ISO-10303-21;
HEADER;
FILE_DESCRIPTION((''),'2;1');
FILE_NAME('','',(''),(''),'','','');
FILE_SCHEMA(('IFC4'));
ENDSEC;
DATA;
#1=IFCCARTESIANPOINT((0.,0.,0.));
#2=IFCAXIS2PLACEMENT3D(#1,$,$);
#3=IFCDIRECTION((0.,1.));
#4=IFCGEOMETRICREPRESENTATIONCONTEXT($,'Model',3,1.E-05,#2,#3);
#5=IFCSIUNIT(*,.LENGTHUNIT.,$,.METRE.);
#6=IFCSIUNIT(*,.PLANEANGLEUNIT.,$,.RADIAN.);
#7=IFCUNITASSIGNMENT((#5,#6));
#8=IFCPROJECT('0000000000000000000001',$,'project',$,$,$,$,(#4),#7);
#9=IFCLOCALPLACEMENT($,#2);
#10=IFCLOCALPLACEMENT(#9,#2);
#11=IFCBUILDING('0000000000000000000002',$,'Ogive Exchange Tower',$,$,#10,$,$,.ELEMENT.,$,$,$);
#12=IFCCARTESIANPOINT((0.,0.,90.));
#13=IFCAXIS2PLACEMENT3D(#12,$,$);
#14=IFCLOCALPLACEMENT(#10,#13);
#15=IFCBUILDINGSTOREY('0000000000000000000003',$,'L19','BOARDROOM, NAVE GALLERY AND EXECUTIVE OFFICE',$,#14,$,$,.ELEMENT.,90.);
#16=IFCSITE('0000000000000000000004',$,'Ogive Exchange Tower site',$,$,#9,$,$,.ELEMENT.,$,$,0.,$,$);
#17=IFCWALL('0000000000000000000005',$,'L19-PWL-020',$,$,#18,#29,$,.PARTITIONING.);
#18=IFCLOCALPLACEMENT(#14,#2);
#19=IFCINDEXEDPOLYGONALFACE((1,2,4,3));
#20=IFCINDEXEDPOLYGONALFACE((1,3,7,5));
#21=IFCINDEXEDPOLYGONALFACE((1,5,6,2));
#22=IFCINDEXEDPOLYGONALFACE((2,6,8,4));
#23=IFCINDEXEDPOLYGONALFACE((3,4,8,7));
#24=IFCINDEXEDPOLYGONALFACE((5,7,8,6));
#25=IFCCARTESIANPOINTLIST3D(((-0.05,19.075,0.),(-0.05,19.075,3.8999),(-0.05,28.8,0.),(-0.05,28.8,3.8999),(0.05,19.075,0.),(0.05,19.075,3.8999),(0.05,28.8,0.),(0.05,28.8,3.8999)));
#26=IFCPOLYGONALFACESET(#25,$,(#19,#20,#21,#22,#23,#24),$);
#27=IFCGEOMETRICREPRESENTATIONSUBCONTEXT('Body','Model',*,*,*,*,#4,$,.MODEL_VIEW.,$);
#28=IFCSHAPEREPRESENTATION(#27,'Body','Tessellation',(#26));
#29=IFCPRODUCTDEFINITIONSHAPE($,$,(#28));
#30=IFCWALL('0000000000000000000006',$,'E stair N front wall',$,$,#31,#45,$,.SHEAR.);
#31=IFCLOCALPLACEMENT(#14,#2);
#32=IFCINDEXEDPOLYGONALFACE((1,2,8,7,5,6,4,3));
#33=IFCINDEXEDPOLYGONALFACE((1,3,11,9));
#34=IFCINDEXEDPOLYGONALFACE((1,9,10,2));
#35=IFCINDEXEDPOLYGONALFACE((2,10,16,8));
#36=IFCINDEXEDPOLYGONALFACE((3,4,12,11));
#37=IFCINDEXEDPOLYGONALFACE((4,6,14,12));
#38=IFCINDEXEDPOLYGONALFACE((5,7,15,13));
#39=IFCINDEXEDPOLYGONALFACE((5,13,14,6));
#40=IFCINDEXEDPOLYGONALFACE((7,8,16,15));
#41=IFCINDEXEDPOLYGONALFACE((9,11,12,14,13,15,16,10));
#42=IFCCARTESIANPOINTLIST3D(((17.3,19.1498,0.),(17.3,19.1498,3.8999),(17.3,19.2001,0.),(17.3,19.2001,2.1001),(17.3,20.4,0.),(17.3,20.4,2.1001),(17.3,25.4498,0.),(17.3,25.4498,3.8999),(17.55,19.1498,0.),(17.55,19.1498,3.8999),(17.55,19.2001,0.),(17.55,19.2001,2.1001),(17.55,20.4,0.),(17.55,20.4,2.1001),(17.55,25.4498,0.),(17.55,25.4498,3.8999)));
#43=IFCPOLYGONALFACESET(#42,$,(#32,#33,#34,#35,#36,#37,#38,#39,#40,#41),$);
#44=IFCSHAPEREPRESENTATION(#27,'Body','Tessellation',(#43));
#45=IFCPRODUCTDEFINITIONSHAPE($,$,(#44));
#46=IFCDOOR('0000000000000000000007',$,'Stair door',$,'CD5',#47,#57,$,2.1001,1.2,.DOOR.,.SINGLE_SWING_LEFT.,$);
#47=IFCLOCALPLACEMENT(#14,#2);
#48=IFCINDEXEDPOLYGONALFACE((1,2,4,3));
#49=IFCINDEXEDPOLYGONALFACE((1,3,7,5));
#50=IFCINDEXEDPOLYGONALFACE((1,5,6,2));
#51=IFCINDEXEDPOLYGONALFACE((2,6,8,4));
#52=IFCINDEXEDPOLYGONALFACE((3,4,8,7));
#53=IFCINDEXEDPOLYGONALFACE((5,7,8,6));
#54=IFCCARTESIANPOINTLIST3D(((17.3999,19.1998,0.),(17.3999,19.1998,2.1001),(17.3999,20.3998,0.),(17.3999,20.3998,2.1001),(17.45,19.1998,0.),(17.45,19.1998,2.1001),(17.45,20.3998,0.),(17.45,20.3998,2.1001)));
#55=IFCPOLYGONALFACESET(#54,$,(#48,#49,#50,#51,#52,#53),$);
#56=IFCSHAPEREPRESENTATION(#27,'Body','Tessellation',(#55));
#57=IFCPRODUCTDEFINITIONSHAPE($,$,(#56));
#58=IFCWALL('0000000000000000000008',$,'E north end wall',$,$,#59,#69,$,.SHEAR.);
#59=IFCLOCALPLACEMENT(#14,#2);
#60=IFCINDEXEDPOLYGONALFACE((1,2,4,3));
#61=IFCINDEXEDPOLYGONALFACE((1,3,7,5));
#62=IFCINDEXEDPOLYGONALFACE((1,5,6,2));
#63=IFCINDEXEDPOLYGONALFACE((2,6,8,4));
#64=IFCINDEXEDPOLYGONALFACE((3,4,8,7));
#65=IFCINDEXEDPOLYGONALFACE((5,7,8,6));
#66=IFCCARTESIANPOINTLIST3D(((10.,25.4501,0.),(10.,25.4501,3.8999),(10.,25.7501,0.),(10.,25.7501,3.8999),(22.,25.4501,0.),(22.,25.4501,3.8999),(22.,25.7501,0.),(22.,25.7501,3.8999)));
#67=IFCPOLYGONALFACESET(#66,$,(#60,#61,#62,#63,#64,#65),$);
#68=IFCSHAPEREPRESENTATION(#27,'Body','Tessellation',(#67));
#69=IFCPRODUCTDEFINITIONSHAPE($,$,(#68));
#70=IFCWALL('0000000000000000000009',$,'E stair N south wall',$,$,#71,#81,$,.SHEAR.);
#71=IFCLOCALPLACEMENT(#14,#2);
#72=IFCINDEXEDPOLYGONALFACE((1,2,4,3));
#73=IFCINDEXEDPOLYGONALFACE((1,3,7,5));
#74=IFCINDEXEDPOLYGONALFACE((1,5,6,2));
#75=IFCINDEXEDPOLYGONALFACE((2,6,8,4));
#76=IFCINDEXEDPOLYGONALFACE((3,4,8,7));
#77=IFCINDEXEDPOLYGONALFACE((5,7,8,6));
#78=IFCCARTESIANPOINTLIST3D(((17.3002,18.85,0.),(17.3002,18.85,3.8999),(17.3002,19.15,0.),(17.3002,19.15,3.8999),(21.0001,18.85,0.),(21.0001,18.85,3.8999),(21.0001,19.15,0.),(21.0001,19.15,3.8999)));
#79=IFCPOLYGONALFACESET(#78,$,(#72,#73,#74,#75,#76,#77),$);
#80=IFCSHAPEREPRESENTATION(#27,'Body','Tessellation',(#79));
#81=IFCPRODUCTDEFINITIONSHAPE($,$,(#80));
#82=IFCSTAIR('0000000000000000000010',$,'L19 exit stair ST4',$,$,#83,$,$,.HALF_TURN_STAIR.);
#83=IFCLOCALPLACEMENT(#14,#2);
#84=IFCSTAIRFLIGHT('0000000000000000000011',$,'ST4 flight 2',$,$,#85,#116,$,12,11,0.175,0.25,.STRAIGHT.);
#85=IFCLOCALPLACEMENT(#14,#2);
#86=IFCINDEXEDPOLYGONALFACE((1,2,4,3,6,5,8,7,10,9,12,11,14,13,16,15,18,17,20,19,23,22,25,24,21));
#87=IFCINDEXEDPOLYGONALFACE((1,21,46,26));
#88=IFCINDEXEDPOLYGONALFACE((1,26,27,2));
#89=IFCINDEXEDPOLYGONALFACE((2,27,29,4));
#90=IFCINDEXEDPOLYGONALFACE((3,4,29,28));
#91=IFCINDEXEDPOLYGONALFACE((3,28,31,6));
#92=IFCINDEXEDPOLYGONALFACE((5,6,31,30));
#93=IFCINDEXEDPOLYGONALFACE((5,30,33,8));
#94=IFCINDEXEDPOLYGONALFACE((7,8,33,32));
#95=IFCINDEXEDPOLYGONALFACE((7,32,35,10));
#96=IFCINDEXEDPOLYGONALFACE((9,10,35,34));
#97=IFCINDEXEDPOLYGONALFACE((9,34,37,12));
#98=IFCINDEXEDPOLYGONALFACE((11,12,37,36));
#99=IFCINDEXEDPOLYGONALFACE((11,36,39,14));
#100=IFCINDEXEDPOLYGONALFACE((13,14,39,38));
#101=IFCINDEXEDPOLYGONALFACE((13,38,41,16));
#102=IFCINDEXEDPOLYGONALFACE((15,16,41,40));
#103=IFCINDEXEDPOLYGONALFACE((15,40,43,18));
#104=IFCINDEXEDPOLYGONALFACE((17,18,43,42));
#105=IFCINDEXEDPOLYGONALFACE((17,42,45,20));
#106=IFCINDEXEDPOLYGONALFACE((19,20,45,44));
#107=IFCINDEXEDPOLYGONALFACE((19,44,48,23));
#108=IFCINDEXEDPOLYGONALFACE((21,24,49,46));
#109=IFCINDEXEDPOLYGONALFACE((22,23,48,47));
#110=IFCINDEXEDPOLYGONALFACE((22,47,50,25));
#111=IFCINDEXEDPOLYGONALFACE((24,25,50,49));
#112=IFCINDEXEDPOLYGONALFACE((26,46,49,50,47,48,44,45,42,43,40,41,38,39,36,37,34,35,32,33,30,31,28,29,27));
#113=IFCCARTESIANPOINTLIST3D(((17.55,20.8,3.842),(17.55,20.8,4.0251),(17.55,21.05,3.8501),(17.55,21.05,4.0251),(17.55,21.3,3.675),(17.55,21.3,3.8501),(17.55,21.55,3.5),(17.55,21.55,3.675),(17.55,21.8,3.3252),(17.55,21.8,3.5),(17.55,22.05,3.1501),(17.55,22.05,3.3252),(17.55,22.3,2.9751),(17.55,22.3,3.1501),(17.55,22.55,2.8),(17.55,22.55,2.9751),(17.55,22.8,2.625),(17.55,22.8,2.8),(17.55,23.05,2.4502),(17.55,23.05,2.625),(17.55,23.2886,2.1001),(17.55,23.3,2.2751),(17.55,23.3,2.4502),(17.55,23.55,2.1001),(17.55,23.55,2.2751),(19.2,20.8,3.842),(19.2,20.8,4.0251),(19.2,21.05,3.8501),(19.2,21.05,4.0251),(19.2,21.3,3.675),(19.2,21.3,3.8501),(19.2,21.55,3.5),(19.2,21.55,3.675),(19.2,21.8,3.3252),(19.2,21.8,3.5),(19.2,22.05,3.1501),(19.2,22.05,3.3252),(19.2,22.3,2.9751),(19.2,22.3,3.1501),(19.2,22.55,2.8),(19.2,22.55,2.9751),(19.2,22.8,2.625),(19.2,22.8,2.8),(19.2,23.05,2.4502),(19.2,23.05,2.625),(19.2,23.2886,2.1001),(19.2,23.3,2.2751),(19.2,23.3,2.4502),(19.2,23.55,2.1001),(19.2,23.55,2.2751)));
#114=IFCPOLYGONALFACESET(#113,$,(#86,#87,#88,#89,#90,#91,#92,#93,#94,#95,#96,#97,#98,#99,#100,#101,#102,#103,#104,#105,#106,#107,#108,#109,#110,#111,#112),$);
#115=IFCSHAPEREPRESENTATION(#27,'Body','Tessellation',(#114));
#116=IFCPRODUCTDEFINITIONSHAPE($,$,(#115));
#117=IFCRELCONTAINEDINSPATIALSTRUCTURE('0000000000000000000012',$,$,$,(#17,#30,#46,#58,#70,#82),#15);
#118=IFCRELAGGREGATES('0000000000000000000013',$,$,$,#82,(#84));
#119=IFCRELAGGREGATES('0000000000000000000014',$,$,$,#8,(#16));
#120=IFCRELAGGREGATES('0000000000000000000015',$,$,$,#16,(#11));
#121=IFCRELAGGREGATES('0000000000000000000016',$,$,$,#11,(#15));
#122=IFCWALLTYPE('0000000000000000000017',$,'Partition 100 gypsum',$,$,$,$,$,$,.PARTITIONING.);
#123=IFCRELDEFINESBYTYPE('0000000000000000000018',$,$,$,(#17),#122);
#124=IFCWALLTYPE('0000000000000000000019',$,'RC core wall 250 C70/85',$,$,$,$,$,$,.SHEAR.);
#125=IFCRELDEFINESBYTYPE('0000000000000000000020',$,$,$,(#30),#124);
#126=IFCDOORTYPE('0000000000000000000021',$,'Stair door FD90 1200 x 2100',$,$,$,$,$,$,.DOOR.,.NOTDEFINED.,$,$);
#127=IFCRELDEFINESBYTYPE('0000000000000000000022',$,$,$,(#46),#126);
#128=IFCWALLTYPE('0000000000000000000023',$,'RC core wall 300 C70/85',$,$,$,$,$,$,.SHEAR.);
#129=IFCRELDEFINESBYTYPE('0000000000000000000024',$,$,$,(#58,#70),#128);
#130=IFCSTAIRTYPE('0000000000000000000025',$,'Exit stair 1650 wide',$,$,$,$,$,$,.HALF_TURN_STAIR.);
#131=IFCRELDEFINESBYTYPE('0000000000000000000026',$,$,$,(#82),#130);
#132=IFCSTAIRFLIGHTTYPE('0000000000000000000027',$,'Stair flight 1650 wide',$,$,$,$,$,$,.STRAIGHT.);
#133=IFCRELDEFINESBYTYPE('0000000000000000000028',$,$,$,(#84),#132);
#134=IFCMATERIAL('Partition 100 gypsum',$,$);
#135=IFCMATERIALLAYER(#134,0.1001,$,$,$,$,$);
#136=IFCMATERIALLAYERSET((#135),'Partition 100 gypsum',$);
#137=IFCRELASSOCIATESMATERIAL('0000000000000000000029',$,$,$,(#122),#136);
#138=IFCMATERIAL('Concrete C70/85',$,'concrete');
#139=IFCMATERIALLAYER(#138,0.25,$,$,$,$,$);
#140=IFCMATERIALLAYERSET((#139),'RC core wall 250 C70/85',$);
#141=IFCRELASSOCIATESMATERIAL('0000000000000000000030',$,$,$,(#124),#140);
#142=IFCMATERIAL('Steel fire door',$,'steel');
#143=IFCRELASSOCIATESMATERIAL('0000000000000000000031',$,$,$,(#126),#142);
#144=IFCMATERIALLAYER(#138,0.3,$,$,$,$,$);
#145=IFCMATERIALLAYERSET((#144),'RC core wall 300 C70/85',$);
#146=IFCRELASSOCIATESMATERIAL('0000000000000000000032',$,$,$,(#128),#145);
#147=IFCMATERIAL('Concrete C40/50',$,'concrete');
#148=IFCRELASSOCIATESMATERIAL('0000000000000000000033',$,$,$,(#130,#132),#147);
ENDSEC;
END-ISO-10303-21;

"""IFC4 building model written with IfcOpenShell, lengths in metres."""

from ifc_helpers import new_model, si_unit, direction, frame, frame_2d, origin, place, context, subcontext, project, spatial, polyline, rectangle, outline, extrude, material, layer, layer_set, type_object, element, fill, aggregate, save


model = new_model("IFC4")

# Units and contexts
model_context = context("Model", 3, precision=1e-05, world=origin(), true_north=direction((0.0, 1.0)))
body_context = subcontext(model_context, "Body", "Model", "MODEL_VIEW")
ifc_project = project(units=[si_unit("LENGTHUNIT", "METRE"), si_unit("PLANEANGLEUNIT", "RADIAN")], contexts=[model_context])

# Site, building, storey
site_placement = place(None, origin())
site = spatial("IfcSite", under=ifc_project, at=site_placement, Name="Ogive Exchange Tower site", CompositionType="ELEMENT", RefElevation=0.0)
building_placement = place(site_placement, origin())
building = spatial("IfcBuilding", under=site, at=building_placement, Name="Ogive Exchange Tower", CompositionType="ELEMENT")
storey_placement = place(building_placement, frame((0.0, 0.0, 90.0)))
storey = spatial("IfcBuildingStorey", under=building, at=storey_placement, Name="L19", Description="BOARDROOM, NAVE GALLERY AND EXECUTIVE OFFICE", CompositionType="ELEMENT", Elevation=90.0)

# Wall
ifc_material_1 = material(Name="Partition 100 gypsum")
ifc_layer_1 = layer(ifc_material_1, 0.1001)
ifc_layer_set_1 = layer_set([ifc_layer_1], Name="Partition 100 gypsum")
wall_type_1 = type_object("IfcWallType", Name="Partition 100 gypsum", PredefinedType="PARTITIONING", material=ifc_layer_set_1)
wall_1_placement = place(storey_placement, frame((0.0, 28.8, 0.0), z_axis=(0.0, 0.0, 1.0), x_axis=(0.0, -1.0, 0.0)))
element("IfcWall", 1, at=wall_1_placement, inside=storey, type_object=wall_type_1, Name="L19-PWL-020", PredefinedType="PARTITIONING", context=body_context, shape_type="SweptSolid", body=[
    extrude(rectangle(XDim=9.7251, YDim=0.1001, at=frame_2d((4.8625, 0.0))), origin(), (0.0, 0.0, 1.0), 3.8999),
])

# Wall, opening, door
ifc_material_2 = material(Name="Concrete C70/85", Category="concrete")
ifc_layer_2 = layer(ifc_material_2, 0.25)
ifc_layer_set_2 = layer_set([ifc_layer_2], Name="RC core wall 250 C70/85")
wall_type_2 = type_object("IfcWallType", Name="RC core wall 250 C70/85", PredefinedType="SHEAR", material=ifc_layer_set_2)
wall_2_placement = place(storey_placement, frame((17.425, 19.1499, 0.0), z_axis=(0.0, 0.0, 1.0), x_axis=(0.0, 1.0, 0.0)))
wall_2 = element("IfcWall", 2, at=wall_2_placement, inside=storey, type_object=wall_type_2, Name="E stair N front wall", PredefinedType="SHEAR", context=body_context, shape_type="SweptSolid", body=[
    extrude(rectangle(XDim=6.3, YDim=0.25, at=frame_2d((3.1499, 0.0))), origin(), (0.0, 0.0, 1.0), 3.8999),
])
opening_placement = place(wall_2_placement, frame((0.05, 0.0, 0.0)))
opening = element("IfcOpeningElement", 3, at=opening_placement, cuts=wall_2, PredefinedType="OPENING", context=body_context, shape_type="SweptSolid", body=[
    extrude(rectangle(XDim=1.2, YDim=2.1001, at=frame_2d((0.6001, 1.05))), frame((0.0, 0.135, 0.0), z_axis=(0.0, -1.0, 0.0), x_axis=(1.0, 0.0, 0.0)), (0.0, 0.0, 1.0), 0.27),
])
ifc_material_3 = material(Name="Steel fire door", Category="steel")
door_type = type_object("IfcDoorType", Name="Stair door FD90 1200 x 2100", OperationType="NOTDEFINED", PredefinedType="DOOR", material=ifc_material_3)
door_placement = place(opening_placement, frame((1.2, 0.0, 0.0), z_axis=(0.0, 0.0, 1.0), x_axis=(-1.0, 0.0, 0.0)))
door = element("IfcDoor", 4, at=door_placement, inside=storey, type_object=door_type, Name="Stair door", ObjectType="CD5", OperationType="SINGLE_SWING_LEFT", OverallHeight=2.1001, OverallWidth=1.2, PredefinedType="DOOR", context=body_context, shape_type="SweptSolid", body=[
    extrude(rectangle(XDim=1.2, YDim=2.1001, at=frame_2d((0.6001, 1.05))), frame((0.0, 0.0249, 0.0), z_axis=(0.0, -1.0, 0.0), x_axis=(1.0, 0.0, 0.0)), (0.0, 0.0, 1.0), 0.05),
])
fill(opening, door)

# Walls
ifc_layer_3 = layer(ifc_material_2, 0.3)
ifc_layer_set_3 = layer_set([ifc_layer_3], Name="RC core wall 300 C70/85")
wall_type_3 = type_object("IfcWallType", Name="RC core wall 300 C70/85", PredefinedType="SHEAR", material=ifc_layer_set_3)
wall_3_placement = place(storey_placement, frame((10.0, 25.6001, 0.0), z_axis=(0.0, 0.0, 1.0), x_axis=(1.0, 0.0, 0.0)))
element("IfcWall", 5, at=wall_3_placement, inside=storey, type_object=wall_type_3, Name="E north end wall", PredefinedType="SHEAR", context=body_context, shape_type="SweptSolid", body=[
    extrude(rectangle(XDim=12.0, YDim=0.3, at=frame_2d((6.0, 0.0))), origin(), (0.0, 0.0, 1.0), 3.8999),
])
wall_4_placement = place(storey_placement, frame((17.3, 19.0, 0.0), z_axis=(0.0, 0.0, 1.0), x_axis=(1.0, 0.0, 0.0)))
element("IfcWall", 6, at=wall_4_placement, inside=storey, type_object=wall_type_3, Name="E stair N south wall", PredefinedType="SHEAR", context=body_context, shape_type="SweptSolid", body=[
    extrude(rectangle(XDim=3.7, YDim=0.3, at=frame_2d((1.8501, 0.0))), origin(), (0.0, 0.0, 1.0), 3.8999),
])

# Stair, stair flight
ifc_material_4 = material(Name="Concrete C40/50", Category="concrete")
stair_type = type_object("IfcStairType", Name="Exit stair 1650 wide", PredefinedType="HALF_TURN_STAIR", material=ifc_material_4)
stair_placement = place(storey_placement, origin())
stair = element("IfcStair", 7, at=stair_placement, inside=storey, type_object=stair_type, Name="L19 exit stair ST4", PredefinedType="HALF_TURN_STAIR")
stair_flight_type = type_object("IfcStairFlightType", Name="Stair flight 1650 wide", PredefinedType="STRAIGHT", material=ifc_material_4)
stair_flight_placement = place(storey_placement, frame((18.375, 23.55, 2.1001), z_axis=(0.0, 0.0, 1.0), x_axis=(0.0, -1.0, 0.0)))
stair_flight = element("IfcStairFlight", 8, at=stair_flight_placement, type_object=stair_flight_type, Name="ST4 flight 2", NumberOfRisers=12, NumberOfTreads=11, PredefinedType="STRAIGHT", RiserHeight=0.175, TreadLength=0.25, context=body_context, shape_type="SweptSolid", body=[
    extrude(outline(polyline([(0.0, 0.0), (0.0, 0.175), (0.25, 0.175), (0.25, 0.3501), (0.5, 0.3501), (0.5, 0.5249), (0.75, 0.5249), (0.75, 0.7), (1.0, 0.7), (1.0, 0.875), (1.25, 0.875), (1.25, 1.05), (1.5, 1.05), (1.5, 1.2251), (1.75, 1.2251), (1.75, 1.3999), (2.0, 1.3999), (2.0, 1.575), (2.25, 1.575), (2.25, 1.75), (2.5, 1.75), (2.5, 1.925), (2.75, 1.925), (2.75, 2.1001), (2.75, 1.7419), (0.2615, 0.0), (0.0, 0.0)])), frame((0.0, 0.825, 0.0), z_axis=(0.0, -1.0, 0.0), x_axis=(1.0, 0.0, 0.0)), (0.0, 0.0, 1.0), 1.6499),
])
aggregate(stair, [stair_flight])

save(model, "model.ifc")
